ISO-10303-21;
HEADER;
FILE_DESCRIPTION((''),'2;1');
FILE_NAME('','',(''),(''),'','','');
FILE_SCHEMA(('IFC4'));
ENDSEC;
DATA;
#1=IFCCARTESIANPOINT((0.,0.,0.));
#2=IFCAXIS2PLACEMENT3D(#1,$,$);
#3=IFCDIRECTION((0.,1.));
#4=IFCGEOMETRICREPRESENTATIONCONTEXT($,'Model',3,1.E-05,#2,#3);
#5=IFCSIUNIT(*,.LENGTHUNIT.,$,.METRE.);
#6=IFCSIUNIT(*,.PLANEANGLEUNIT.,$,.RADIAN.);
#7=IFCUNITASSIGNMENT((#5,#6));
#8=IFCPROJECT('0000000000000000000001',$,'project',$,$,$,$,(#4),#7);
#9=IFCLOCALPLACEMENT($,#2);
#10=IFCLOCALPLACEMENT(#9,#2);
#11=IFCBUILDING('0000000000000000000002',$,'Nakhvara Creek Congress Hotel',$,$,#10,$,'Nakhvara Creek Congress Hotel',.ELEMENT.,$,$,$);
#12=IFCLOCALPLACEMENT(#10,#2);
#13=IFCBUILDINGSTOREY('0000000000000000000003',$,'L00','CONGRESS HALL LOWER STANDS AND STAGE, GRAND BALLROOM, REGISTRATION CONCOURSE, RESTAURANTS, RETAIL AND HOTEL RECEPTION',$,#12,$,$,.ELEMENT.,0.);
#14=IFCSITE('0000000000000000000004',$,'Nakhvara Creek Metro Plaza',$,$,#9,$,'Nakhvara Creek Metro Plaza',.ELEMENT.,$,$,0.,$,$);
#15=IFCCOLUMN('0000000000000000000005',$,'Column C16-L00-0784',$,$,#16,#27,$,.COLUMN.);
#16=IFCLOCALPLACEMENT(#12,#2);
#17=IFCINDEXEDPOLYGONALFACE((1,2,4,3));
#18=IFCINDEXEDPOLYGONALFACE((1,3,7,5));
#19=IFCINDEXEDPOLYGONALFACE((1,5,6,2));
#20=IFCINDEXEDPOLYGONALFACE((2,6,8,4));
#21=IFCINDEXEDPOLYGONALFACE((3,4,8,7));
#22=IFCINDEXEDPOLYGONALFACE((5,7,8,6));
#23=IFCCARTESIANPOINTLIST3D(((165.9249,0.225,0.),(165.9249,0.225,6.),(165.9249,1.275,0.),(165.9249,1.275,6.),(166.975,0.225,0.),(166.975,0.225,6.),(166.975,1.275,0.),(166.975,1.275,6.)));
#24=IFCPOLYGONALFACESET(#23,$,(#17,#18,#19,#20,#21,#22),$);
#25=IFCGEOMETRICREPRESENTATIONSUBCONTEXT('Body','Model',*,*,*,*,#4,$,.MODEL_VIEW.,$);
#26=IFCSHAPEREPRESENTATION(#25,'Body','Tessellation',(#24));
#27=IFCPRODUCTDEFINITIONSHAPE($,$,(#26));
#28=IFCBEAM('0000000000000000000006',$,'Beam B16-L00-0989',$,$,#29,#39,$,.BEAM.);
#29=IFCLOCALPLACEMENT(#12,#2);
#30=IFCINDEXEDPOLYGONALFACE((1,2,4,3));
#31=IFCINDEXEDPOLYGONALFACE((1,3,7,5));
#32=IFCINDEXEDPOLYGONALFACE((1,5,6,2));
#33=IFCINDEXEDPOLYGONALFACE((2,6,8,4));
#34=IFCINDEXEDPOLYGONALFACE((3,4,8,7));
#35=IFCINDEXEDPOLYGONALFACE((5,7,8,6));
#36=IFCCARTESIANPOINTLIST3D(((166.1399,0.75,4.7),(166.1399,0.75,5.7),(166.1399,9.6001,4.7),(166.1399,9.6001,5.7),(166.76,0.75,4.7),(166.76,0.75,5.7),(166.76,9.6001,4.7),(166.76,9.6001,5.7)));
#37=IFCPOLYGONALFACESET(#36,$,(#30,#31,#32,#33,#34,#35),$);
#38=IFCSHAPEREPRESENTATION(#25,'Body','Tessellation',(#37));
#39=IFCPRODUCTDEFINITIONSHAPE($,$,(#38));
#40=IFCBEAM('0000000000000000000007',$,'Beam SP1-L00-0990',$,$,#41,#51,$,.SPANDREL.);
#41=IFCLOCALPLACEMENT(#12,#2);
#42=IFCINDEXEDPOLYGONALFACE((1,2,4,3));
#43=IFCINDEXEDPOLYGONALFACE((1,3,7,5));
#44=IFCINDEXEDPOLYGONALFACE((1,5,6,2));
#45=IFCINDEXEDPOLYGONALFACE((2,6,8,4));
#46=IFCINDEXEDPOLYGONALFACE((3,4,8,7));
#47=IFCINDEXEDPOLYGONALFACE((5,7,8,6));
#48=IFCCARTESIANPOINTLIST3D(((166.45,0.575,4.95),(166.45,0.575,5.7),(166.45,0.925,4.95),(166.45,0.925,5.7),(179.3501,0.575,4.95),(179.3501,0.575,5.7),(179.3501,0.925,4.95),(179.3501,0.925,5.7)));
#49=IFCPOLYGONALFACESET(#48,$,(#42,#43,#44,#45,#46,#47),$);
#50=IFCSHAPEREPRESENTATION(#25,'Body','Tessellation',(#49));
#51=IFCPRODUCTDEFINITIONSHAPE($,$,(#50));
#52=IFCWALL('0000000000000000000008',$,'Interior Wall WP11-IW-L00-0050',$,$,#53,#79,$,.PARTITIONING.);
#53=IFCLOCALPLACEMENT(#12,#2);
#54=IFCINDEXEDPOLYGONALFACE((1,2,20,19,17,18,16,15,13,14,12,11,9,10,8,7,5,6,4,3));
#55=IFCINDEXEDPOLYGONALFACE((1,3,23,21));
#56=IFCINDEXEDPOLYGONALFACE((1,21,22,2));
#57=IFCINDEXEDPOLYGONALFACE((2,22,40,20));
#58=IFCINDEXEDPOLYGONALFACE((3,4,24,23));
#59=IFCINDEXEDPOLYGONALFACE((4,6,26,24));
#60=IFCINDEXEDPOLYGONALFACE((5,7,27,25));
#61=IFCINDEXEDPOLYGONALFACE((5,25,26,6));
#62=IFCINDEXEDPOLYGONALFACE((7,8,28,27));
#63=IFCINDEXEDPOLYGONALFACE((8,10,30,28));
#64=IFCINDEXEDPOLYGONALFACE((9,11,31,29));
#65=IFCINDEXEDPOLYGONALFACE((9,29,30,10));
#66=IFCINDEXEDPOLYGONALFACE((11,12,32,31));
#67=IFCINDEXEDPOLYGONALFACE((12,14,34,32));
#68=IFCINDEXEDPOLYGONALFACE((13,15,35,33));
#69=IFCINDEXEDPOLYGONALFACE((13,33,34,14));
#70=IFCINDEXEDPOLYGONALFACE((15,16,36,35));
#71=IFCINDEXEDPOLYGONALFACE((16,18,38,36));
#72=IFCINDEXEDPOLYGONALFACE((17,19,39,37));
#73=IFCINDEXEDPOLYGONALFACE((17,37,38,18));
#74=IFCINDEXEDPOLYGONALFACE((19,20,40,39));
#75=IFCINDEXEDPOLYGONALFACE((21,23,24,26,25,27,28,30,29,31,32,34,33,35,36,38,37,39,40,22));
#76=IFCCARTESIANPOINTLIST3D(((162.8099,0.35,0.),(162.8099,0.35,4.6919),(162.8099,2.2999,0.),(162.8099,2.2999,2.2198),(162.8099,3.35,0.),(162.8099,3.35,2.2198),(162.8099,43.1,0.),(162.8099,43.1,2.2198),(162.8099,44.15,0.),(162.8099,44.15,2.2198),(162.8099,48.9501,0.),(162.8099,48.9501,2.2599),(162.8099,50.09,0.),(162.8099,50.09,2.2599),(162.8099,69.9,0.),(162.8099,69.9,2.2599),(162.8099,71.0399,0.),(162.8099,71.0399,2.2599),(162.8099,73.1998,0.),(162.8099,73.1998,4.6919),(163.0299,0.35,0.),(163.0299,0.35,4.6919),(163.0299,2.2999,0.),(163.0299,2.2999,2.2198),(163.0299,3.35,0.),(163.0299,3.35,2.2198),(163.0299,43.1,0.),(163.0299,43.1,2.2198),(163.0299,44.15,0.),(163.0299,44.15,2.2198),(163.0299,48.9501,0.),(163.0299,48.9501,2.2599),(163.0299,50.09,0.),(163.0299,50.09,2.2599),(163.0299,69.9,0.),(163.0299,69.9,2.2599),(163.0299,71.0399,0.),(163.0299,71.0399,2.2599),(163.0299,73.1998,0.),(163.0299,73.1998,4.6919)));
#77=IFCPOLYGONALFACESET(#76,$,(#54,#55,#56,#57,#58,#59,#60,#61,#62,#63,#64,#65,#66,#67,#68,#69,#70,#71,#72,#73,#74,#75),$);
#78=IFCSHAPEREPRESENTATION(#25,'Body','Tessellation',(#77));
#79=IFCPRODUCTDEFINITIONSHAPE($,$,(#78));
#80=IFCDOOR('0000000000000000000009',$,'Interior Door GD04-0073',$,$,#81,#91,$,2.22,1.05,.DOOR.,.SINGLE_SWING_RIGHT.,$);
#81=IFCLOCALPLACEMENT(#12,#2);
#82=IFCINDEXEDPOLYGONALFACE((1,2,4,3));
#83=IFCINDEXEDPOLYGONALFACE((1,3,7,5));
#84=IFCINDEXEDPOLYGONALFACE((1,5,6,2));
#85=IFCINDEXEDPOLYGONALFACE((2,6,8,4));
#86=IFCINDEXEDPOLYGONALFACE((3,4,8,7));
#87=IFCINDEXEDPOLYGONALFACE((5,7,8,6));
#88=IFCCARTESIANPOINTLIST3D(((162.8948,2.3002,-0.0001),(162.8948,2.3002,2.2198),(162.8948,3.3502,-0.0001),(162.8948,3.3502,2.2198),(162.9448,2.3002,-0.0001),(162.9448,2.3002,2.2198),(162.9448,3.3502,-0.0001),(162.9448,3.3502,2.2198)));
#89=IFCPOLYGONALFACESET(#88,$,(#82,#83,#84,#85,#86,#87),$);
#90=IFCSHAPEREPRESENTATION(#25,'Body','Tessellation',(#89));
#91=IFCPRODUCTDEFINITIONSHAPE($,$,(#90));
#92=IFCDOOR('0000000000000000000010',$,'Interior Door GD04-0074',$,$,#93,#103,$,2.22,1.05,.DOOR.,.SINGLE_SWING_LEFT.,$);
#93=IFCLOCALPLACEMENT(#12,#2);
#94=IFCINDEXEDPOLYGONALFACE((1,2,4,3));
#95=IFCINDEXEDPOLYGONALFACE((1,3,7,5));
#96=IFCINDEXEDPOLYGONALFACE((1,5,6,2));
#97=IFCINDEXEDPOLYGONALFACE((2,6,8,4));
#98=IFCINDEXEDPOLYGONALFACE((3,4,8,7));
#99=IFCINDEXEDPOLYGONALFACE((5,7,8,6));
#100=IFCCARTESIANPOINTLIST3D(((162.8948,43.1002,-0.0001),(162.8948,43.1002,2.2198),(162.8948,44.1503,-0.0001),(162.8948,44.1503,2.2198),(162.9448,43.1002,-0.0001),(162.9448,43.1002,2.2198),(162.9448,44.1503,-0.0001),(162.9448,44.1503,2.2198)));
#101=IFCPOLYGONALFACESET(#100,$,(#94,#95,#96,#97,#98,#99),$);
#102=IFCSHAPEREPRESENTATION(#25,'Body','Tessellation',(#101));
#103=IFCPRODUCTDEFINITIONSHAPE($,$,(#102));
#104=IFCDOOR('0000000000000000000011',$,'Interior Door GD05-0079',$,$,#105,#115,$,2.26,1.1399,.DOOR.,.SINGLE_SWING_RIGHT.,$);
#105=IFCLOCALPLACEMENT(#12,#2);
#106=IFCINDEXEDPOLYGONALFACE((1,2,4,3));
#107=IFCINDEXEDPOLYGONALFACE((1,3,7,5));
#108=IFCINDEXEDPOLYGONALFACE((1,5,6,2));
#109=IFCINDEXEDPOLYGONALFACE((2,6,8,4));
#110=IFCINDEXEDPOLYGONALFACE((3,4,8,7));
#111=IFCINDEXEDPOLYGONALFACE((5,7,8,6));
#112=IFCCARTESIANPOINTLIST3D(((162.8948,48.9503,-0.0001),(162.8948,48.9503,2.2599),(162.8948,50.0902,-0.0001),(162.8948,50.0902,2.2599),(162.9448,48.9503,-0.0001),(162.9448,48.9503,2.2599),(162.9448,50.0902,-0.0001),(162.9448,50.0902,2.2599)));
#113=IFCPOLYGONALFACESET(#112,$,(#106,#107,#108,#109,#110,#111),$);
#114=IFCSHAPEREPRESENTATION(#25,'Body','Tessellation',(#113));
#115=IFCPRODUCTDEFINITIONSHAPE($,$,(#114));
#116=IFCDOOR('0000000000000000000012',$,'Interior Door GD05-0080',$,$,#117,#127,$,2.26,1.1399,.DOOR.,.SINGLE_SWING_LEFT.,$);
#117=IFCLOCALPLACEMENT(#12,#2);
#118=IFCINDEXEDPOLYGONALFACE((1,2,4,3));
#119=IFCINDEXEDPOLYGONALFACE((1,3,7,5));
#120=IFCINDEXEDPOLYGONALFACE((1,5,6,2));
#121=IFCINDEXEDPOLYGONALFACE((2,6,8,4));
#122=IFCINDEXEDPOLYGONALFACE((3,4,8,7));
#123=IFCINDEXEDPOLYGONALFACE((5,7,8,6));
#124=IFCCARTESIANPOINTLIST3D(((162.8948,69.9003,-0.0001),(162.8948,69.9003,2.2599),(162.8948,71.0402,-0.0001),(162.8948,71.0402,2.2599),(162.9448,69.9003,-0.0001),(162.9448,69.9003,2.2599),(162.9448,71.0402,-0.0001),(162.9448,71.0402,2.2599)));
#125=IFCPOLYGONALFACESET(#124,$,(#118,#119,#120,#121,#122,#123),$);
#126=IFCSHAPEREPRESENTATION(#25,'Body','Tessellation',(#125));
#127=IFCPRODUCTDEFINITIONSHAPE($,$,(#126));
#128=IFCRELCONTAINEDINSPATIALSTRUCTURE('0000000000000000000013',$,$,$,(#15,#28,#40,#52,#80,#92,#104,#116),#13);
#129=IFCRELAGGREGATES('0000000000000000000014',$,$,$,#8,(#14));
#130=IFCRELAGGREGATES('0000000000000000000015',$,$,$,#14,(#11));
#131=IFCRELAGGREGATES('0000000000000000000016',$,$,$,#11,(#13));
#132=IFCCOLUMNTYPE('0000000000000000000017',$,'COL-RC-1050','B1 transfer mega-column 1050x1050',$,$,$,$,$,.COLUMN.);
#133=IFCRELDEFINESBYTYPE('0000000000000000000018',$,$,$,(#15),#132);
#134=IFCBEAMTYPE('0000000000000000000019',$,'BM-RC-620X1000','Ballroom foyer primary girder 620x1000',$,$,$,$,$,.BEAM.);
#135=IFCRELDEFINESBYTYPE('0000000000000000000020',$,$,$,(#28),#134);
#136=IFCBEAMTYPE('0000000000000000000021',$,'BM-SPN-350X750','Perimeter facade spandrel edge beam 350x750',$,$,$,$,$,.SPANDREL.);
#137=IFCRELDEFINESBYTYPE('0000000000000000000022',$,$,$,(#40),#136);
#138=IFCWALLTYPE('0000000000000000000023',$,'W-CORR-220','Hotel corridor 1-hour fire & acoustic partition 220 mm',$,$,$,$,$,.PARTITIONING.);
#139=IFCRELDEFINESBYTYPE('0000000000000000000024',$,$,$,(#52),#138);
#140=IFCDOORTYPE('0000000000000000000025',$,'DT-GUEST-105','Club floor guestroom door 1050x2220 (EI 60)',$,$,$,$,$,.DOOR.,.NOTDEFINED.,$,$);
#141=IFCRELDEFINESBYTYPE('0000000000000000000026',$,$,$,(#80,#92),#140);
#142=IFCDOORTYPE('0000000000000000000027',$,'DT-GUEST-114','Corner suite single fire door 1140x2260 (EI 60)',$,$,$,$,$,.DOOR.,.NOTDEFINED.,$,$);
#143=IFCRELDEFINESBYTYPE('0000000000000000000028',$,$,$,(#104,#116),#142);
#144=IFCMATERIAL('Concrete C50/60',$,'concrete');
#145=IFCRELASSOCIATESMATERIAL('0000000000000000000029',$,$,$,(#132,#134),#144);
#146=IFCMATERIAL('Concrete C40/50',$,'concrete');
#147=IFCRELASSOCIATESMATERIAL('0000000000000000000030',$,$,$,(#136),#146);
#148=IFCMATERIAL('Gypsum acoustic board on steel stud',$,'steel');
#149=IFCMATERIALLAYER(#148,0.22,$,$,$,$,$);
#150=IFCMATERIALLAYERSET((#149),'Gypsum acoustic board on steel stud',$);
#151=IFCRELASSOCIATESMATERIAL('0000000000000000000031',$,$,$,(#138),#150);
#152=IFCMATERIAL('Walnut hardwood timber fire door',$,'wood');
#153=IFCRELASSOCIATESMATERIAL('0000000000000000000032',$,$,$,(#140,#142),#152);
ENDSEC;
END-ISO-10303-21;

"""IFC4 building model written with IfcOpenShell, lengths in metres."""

from ifc_helpers import new_model, si_unit, direction, frame, frame_2d, origin, origin_2d, place, context, subcontext, project, spatial, rectangle, extrude, material, layer, layer_set, material_profile, profile_set, type_object, element, fill, save


model = new_model("IFC4")

# Units and contexts
model_context = context("Model", 3, precision=1e-05, world=origin(), true_north=direction((0.0, 1.0)))
body_context = subcontext(model_context, "Body", "Model", "MODEL_VIEW")
ifc_project = project(units=[si_unit("LENGTHUNIT", "METRE"), si_unit("PLANEANGLEUNIT", "RADIAN")], contexts=[model_context])

# Site, building, storey
site_placement = place(None, origin())
site = spatial("IfcSite", under=ifc_project, at=site_placement, Name="Nakhvara Creek Metro Plaza", LongName="Nakhvara Creek Metro Plaza", CompositionType="ELEMENT", RefElevation=0.0)
building_placement = place(site_placement, origin())
building = spatial("IfcBuilding", under=site, at=building_placement, Name="Nakhvara Creek Congress Hotel", LongName="Nakhvara Creek Congress Hotel", CompositionType="ELEMENT")
storey_placement = place(building_placement, origin())
storey = spatial("IfcBuildingStorey", under=building, at=storey_placement, Name="L00", Description="CONGRESS HALL LOWER STANDS AND STAGE, GRAND BALLROOM, REGISTRATION CONCOURSE, RESTAURANTS, RETAIL AND HOTEL RECEPTION", CompositionType="ELEMENT", Elevation=0.0)

# Column
ifc_material_1 = material(Name="Concrete C50/60", Category="concrete")
ifc_material_profile_1 = material_profile(ifc_material_1, rectangle(XDim=1.05, YDim=1.05, at=origin_2d()), Name="RC-COL 1050x1050", Category="LoadBearing")
ifc_profile_set_1 = profile_set([ifc_material_profile_1], Name="Concrete C50/60")
column_type = type_object("IfcColumnType", Name="COL-RC-1050", Description="B1 transfer mega-column 1050x1050", PredefinedType="COLUMN", material=ifc_profile_set_1)
column_placement = place(storey_placement, frame((166.45, 0.75, 0.0), z_axis=(0.0, 0.0, 1.0), x_axis=(1.0, 0.0, 0.0)))
element("IfcColumn", 1, at=column_placement, inside=storey, type_object=column_type, Name="Column C16-L00-0784", PredefinedType="COLUMN", context=body_context, shape_type="SweptSolid", body=[
    extrude(rectangle(XDim=1.05, YDim=1.05, at=origin_2d()), origin(), (0.0, 0.0, 1.0), 6.0),
])

# Beams
ifc_material_profile_2 = material_profile(ifc_material_1, rectangle(XDim=0.6201, YDim=1.0, at=origin_2d()), Name="RC-BM 620x1000", Category="LoadBearing")
ifc_profile_set_2 = profile_set([ifc_material_profile_2], Name="Concrete C50/60")
beam_type_1 = type_object("IfcBeamType", Name="BM-RC-620X1000", Description="Ballroom foyer primary girder 620x1000", PredefinedType="BEAM", material=ifc_profile_set_2)
beam_1_placement = place(storey_placement, frame((166.45, 0.75, 5.2), z_axis=(0.0, 1.0, 0.0), x_axis=(-1.0, 0.0, 0.0)))
element("IfcBeam", 2, at=beam_1_placement, inside=storey, type_object=beam_type_1, Name="Beam B16-L00-0989", PredefinedType="BEAM", context=body_context, shape_type="SweptSolid", body=[
    extrude(rectangle(XDim=0.6201, YDim=1.0, at=origin_2d()), origin(), (0.0, 0.0, 1.0), 8.8501),
])
ifc_material_2 = material(Name="Concrete C40/50", Category="concrete")
ifc_material_profile_3 = material_profile(ifc_material_2, rectangle(XDim=0.3501, YDim=0.75, at=origin_2d()), Name="RC-SPANDREL 350x750", Category="LoadBearing")
ifc_profile_set_3 = profile_set([ifc_material_profile_3], Name="Concrete C40/50")
beam_type_2 = type_object("IfcBeamType", Name="BM-SPN-350X750", Description="Perimeter facade spandrel edge beam 350x750", PredefinedType="SPANDREL", material=ifc_profile_set_3)
beam_2_placement = place(storey_placement, frame((166.45, 0.75, 5.325), z_axis=(1.0, 0.0, 0.0), x_axis=(0.0, 1.0, 0.0)))
element("IfcBeam", 3, at=beam_2_placement, inside=storey, type_object=beam_type_2, Name="Beam SP1-L00-0990", PredefinedType="SPANDREL", context=body_context, shape_type="SweptSolid", body=[
    extrude(rectangle(XDim=0.3501, YDim=0.75, at=origin_2d()), origin(), (0.0, 0.0, 1.0), 12.9001),
])

# Wall, openings, doors
ifc_material_3 = material(Name="Gypsum acoustic board on steel stud", Category="steel")
ifc_layer_1 = layer(ifc_material_3, 0.22)
ifc_layer_set_1 = layer_set([ifc_layer_1], Name="Gypsum acoustic board on steel stud")
wall_type = type_object("IfcWallType", Name="W-CORR-220", Description="Hotel corridor 1-hour fire & acoustic partition 220 mm", PredefinedType="PARTITIONING", material=ifc_layer_set_1)
wall_1_placement = place(storey_placement, frame((162.9199, 0.3501, 0.0), z_axis=(0.0, 0.0, 1.0), x_axis=(0.0, 1.0, 0.0)))
wall_1 = element("IfcWall", 4, at=wall_1_placement, inside=storey, type_object=wall_type, Name="Interior Wall WP11-IW-L00-0050", PredefinedType="PARTITIONING", context=body_context, shape_type="SweptSolid", body=[
    extrude(rectangle(XDim=72.8499, YDim=0.22, at=frame_2d((36.4248, 0.0))), origin(), (0.0, 0.0, 1.0), 4.6919),
])
opening_1_placement = place(wall_1_placement, frame((1.95, 0.0, 0.0)))
opening_1 = element("IfcOpeningElement", 5, at=opening_1_placement, cuts=wall_1, PredefinedType="OPENING", context=body_context, shape_type="SweptSolid", body=[
    extrude(rectangle(XDim=1.05, YDim=2.22, at=frame_2d((0.5249, 1.1099))), frame((0.0, 0.1221, 0.0), z_axis=(0.0, -1.0, 0.0), x_axis=(1.0, 0.0, 0.0)), (0.0, 0.0, 1.0), 0.2439),
])
opening_2_placement = place(wall_1_placement, frame((42.75, 0.0, 0.0)))
opening_2 = element("IfcOpeningElement", 6, at=opening_2_placement, cuts=wall_1, PredefinedType="OPENING", context=body_context, shape_type="SweptSolid", body=[
    extrude(rectangle(XDim=1.05, YDim=2.22, at=frame_2d((0.5249, 1.1099))), frame((0.0, 0.1221, 0.0), z_axis=(0.0, -1.0, 0.0), x_axis=(1.0, 0.0, 0.0)), (0.0, 0.0, 1.0), 0.2439),
])
opening_3_placement = place(wall_1_placement, frame((48.6001, 0.0, 0.0)))
opening_3 = element("IfcOpeningElement", 7, at=opening_3_placement, cuts=wall_1, PredefinedType="OPENING", context=body_context, shape_type="SweptSolid", body=[
    extrude(rectangle(XDim=1.1399, YDim=2.26, at=frame_2d((0.5698, 1.1299))), frame((0.0, 0.1221, 0.0), z_axis=(0.0, -1.0, 0.0), x_axis=(1.0, 0.0, 0.0)), (0.0, 0.0, 1.0), 0.2439),
])
opening_4_placement = place(wall_1_placement, frame((69.55, 0.0, 0.0)))
opening_4 = element("IfcOpeningElement", 8, at=opening_4_placement, cuts=wall_1, PredefinedType="OPENING", context=body_context, shape_type="SweptSolid", body=[
    extrude(rectangle(XDim=1.1399, YDim=2.26, at=frame_2d((0.5698, 1.1299))), frame((0.0, 0.1221, 0.0), z_axis=(0.0, -1.0, 0.0), x_axis=(1.0, 0.0, 0.0)), (0.0, 0.0, 1.0), 0.2439),
])
ifc_material_4 = material(Name="Walnut hardwood timber fire door", Category="wood")
door_type_1 = type_object("IfcDoorType", Name="DT-GUEST-105", Description="Club floor guestroom door 1050x2220 (EI 60)", OperationType="NOTDEFINED", PredefinedType="DOOR", material=ifc_material_4)
door_1_placement = place(opening_1_placement, frame((1.05, 0.0, 0.0), z_axis=(0.0, 0.0, 1.0), x_axis=(-1.0, 0.0, 0.0)))
door_1 = element("IfcDoor", 9, at=door_1_placement, inside=storey, type_object=door_type_1, Name="Interior Door GD04-0073", OperationType="SINGLE_SWING_RIGHT", OverallHeight=2.22, OverallWidth=1.05, PredefinedType="DOOR", context=body_context, shape_type="SweptSolid", body=[
    extrude(rectangle(XDim=1.05, YDim=2.22, at=frame_2d((0.5249, 1.1099))), frame((0.0, 0.0249, 0.0), z_axis=(0.0, -1.0, 0.0), x_axis=(1.0, 0.0, 0.0)), (0.0, 0.0, 1.0), 0.05),
])
fill(opening_1, door_1)
door_2_placement = place(opening_2_placement, frame((1.05, 0.0, 0.0), z_axis=(0.0, 0.0, 1.0), x_axis=(-1.0, 0.0, 0.0)))
door_2 = element("IfcDoor", 10, at=door_2_placement, inside=storey, type_object=door_type_1, Name="Interior Door GD04-0074", OperationType="SINGLE_SWING_LEFT", OverallHeight=2.22, OverallWidth=1.05, PredefinedType="DOOR", context=body_context, shape_type="SweptSolid", body=[
    extrude(rectangle(XDim=1.05, YDim=2.22, at=frame_2d((0.5249, 1.1099))), frame((0.0, 0.0249, 0.0), z_axis=(0.0, -1.0, 0.0), x_axis=(1.0, 0.0, 0.0)), (0.0, 0.0, 1.0), 0.05),
])
fill(opening_2, door_2)
door_type_2 = type_object("IfcDoorType", Name="DT-GUEST-114", Description="Corner suite single fire door 1140x2260 (EI 60)", OperationType="NOTDEFINED", PredefinedType="DOOR", material=ifc_material_4)
door_3_placement = place(opening_3_placement, frame((1.1399, 0.0, 0.0), z_axis=(0.0, 0.0, 1.0), x_axis=(-1.0, 0.0, 0.0)))
door_3 = element("IfcDoor", 11, at=door_3_placement, inside=storey, type_object=door_type_2, Name="Interior Door GD05-0079", OperationType="SINGLE_SWING_RIGHT", OverallHeight=2.26, OverallWidth=1.1399, PredefinedType="DOOR", context=body_context, shape_type="SweptSolid", body=[
    extrude(rectangle(XDim=1.1399, YDim=2.26, at=frame_2d((0.5698, 1.1299))), frame((0.0, 0.0249, 0.0), z_axis=(0.0, -1.0, 0.0), x_axis=(1.0, 0.0, 0.0)), (0.0, 0.0, 1.0), 0.05),
])
fill(opening_3, door_3)
door_4_placement = place(opening_4_placement, frame((1.1399, 0.0, 0.0), z_axis=(0.0, 0.0, 1.0), x_axis=(-1.0, 0.0, 0.0)))
door_4 = element("IfcDoor", 12, at=door_4_placement, inside=storey, type_object=door_type_2, Name="Interior Door GD05-0080", OperationType="SINGLE_SWING_LEFT", OverallHeight=2.26, OverallWidth=1.1399, PredefinedType="DOOR", context=body_context, shape_type="SweptSolid", body=[
    extrude(rectangle(XDim=1.1399, YDim=2.26, at=frame_2d((0.5698, 1.1299))), frame((0.0, 0.0249, 0.0), z_axis=(0.0, -1.0, 0.0), x_axis=(1.0, 0.0, 0.0)), (0.0, 0.0, 1.0), 0.05),
])
fill(opening_4, door_4)

save(model, "model.ifc")
